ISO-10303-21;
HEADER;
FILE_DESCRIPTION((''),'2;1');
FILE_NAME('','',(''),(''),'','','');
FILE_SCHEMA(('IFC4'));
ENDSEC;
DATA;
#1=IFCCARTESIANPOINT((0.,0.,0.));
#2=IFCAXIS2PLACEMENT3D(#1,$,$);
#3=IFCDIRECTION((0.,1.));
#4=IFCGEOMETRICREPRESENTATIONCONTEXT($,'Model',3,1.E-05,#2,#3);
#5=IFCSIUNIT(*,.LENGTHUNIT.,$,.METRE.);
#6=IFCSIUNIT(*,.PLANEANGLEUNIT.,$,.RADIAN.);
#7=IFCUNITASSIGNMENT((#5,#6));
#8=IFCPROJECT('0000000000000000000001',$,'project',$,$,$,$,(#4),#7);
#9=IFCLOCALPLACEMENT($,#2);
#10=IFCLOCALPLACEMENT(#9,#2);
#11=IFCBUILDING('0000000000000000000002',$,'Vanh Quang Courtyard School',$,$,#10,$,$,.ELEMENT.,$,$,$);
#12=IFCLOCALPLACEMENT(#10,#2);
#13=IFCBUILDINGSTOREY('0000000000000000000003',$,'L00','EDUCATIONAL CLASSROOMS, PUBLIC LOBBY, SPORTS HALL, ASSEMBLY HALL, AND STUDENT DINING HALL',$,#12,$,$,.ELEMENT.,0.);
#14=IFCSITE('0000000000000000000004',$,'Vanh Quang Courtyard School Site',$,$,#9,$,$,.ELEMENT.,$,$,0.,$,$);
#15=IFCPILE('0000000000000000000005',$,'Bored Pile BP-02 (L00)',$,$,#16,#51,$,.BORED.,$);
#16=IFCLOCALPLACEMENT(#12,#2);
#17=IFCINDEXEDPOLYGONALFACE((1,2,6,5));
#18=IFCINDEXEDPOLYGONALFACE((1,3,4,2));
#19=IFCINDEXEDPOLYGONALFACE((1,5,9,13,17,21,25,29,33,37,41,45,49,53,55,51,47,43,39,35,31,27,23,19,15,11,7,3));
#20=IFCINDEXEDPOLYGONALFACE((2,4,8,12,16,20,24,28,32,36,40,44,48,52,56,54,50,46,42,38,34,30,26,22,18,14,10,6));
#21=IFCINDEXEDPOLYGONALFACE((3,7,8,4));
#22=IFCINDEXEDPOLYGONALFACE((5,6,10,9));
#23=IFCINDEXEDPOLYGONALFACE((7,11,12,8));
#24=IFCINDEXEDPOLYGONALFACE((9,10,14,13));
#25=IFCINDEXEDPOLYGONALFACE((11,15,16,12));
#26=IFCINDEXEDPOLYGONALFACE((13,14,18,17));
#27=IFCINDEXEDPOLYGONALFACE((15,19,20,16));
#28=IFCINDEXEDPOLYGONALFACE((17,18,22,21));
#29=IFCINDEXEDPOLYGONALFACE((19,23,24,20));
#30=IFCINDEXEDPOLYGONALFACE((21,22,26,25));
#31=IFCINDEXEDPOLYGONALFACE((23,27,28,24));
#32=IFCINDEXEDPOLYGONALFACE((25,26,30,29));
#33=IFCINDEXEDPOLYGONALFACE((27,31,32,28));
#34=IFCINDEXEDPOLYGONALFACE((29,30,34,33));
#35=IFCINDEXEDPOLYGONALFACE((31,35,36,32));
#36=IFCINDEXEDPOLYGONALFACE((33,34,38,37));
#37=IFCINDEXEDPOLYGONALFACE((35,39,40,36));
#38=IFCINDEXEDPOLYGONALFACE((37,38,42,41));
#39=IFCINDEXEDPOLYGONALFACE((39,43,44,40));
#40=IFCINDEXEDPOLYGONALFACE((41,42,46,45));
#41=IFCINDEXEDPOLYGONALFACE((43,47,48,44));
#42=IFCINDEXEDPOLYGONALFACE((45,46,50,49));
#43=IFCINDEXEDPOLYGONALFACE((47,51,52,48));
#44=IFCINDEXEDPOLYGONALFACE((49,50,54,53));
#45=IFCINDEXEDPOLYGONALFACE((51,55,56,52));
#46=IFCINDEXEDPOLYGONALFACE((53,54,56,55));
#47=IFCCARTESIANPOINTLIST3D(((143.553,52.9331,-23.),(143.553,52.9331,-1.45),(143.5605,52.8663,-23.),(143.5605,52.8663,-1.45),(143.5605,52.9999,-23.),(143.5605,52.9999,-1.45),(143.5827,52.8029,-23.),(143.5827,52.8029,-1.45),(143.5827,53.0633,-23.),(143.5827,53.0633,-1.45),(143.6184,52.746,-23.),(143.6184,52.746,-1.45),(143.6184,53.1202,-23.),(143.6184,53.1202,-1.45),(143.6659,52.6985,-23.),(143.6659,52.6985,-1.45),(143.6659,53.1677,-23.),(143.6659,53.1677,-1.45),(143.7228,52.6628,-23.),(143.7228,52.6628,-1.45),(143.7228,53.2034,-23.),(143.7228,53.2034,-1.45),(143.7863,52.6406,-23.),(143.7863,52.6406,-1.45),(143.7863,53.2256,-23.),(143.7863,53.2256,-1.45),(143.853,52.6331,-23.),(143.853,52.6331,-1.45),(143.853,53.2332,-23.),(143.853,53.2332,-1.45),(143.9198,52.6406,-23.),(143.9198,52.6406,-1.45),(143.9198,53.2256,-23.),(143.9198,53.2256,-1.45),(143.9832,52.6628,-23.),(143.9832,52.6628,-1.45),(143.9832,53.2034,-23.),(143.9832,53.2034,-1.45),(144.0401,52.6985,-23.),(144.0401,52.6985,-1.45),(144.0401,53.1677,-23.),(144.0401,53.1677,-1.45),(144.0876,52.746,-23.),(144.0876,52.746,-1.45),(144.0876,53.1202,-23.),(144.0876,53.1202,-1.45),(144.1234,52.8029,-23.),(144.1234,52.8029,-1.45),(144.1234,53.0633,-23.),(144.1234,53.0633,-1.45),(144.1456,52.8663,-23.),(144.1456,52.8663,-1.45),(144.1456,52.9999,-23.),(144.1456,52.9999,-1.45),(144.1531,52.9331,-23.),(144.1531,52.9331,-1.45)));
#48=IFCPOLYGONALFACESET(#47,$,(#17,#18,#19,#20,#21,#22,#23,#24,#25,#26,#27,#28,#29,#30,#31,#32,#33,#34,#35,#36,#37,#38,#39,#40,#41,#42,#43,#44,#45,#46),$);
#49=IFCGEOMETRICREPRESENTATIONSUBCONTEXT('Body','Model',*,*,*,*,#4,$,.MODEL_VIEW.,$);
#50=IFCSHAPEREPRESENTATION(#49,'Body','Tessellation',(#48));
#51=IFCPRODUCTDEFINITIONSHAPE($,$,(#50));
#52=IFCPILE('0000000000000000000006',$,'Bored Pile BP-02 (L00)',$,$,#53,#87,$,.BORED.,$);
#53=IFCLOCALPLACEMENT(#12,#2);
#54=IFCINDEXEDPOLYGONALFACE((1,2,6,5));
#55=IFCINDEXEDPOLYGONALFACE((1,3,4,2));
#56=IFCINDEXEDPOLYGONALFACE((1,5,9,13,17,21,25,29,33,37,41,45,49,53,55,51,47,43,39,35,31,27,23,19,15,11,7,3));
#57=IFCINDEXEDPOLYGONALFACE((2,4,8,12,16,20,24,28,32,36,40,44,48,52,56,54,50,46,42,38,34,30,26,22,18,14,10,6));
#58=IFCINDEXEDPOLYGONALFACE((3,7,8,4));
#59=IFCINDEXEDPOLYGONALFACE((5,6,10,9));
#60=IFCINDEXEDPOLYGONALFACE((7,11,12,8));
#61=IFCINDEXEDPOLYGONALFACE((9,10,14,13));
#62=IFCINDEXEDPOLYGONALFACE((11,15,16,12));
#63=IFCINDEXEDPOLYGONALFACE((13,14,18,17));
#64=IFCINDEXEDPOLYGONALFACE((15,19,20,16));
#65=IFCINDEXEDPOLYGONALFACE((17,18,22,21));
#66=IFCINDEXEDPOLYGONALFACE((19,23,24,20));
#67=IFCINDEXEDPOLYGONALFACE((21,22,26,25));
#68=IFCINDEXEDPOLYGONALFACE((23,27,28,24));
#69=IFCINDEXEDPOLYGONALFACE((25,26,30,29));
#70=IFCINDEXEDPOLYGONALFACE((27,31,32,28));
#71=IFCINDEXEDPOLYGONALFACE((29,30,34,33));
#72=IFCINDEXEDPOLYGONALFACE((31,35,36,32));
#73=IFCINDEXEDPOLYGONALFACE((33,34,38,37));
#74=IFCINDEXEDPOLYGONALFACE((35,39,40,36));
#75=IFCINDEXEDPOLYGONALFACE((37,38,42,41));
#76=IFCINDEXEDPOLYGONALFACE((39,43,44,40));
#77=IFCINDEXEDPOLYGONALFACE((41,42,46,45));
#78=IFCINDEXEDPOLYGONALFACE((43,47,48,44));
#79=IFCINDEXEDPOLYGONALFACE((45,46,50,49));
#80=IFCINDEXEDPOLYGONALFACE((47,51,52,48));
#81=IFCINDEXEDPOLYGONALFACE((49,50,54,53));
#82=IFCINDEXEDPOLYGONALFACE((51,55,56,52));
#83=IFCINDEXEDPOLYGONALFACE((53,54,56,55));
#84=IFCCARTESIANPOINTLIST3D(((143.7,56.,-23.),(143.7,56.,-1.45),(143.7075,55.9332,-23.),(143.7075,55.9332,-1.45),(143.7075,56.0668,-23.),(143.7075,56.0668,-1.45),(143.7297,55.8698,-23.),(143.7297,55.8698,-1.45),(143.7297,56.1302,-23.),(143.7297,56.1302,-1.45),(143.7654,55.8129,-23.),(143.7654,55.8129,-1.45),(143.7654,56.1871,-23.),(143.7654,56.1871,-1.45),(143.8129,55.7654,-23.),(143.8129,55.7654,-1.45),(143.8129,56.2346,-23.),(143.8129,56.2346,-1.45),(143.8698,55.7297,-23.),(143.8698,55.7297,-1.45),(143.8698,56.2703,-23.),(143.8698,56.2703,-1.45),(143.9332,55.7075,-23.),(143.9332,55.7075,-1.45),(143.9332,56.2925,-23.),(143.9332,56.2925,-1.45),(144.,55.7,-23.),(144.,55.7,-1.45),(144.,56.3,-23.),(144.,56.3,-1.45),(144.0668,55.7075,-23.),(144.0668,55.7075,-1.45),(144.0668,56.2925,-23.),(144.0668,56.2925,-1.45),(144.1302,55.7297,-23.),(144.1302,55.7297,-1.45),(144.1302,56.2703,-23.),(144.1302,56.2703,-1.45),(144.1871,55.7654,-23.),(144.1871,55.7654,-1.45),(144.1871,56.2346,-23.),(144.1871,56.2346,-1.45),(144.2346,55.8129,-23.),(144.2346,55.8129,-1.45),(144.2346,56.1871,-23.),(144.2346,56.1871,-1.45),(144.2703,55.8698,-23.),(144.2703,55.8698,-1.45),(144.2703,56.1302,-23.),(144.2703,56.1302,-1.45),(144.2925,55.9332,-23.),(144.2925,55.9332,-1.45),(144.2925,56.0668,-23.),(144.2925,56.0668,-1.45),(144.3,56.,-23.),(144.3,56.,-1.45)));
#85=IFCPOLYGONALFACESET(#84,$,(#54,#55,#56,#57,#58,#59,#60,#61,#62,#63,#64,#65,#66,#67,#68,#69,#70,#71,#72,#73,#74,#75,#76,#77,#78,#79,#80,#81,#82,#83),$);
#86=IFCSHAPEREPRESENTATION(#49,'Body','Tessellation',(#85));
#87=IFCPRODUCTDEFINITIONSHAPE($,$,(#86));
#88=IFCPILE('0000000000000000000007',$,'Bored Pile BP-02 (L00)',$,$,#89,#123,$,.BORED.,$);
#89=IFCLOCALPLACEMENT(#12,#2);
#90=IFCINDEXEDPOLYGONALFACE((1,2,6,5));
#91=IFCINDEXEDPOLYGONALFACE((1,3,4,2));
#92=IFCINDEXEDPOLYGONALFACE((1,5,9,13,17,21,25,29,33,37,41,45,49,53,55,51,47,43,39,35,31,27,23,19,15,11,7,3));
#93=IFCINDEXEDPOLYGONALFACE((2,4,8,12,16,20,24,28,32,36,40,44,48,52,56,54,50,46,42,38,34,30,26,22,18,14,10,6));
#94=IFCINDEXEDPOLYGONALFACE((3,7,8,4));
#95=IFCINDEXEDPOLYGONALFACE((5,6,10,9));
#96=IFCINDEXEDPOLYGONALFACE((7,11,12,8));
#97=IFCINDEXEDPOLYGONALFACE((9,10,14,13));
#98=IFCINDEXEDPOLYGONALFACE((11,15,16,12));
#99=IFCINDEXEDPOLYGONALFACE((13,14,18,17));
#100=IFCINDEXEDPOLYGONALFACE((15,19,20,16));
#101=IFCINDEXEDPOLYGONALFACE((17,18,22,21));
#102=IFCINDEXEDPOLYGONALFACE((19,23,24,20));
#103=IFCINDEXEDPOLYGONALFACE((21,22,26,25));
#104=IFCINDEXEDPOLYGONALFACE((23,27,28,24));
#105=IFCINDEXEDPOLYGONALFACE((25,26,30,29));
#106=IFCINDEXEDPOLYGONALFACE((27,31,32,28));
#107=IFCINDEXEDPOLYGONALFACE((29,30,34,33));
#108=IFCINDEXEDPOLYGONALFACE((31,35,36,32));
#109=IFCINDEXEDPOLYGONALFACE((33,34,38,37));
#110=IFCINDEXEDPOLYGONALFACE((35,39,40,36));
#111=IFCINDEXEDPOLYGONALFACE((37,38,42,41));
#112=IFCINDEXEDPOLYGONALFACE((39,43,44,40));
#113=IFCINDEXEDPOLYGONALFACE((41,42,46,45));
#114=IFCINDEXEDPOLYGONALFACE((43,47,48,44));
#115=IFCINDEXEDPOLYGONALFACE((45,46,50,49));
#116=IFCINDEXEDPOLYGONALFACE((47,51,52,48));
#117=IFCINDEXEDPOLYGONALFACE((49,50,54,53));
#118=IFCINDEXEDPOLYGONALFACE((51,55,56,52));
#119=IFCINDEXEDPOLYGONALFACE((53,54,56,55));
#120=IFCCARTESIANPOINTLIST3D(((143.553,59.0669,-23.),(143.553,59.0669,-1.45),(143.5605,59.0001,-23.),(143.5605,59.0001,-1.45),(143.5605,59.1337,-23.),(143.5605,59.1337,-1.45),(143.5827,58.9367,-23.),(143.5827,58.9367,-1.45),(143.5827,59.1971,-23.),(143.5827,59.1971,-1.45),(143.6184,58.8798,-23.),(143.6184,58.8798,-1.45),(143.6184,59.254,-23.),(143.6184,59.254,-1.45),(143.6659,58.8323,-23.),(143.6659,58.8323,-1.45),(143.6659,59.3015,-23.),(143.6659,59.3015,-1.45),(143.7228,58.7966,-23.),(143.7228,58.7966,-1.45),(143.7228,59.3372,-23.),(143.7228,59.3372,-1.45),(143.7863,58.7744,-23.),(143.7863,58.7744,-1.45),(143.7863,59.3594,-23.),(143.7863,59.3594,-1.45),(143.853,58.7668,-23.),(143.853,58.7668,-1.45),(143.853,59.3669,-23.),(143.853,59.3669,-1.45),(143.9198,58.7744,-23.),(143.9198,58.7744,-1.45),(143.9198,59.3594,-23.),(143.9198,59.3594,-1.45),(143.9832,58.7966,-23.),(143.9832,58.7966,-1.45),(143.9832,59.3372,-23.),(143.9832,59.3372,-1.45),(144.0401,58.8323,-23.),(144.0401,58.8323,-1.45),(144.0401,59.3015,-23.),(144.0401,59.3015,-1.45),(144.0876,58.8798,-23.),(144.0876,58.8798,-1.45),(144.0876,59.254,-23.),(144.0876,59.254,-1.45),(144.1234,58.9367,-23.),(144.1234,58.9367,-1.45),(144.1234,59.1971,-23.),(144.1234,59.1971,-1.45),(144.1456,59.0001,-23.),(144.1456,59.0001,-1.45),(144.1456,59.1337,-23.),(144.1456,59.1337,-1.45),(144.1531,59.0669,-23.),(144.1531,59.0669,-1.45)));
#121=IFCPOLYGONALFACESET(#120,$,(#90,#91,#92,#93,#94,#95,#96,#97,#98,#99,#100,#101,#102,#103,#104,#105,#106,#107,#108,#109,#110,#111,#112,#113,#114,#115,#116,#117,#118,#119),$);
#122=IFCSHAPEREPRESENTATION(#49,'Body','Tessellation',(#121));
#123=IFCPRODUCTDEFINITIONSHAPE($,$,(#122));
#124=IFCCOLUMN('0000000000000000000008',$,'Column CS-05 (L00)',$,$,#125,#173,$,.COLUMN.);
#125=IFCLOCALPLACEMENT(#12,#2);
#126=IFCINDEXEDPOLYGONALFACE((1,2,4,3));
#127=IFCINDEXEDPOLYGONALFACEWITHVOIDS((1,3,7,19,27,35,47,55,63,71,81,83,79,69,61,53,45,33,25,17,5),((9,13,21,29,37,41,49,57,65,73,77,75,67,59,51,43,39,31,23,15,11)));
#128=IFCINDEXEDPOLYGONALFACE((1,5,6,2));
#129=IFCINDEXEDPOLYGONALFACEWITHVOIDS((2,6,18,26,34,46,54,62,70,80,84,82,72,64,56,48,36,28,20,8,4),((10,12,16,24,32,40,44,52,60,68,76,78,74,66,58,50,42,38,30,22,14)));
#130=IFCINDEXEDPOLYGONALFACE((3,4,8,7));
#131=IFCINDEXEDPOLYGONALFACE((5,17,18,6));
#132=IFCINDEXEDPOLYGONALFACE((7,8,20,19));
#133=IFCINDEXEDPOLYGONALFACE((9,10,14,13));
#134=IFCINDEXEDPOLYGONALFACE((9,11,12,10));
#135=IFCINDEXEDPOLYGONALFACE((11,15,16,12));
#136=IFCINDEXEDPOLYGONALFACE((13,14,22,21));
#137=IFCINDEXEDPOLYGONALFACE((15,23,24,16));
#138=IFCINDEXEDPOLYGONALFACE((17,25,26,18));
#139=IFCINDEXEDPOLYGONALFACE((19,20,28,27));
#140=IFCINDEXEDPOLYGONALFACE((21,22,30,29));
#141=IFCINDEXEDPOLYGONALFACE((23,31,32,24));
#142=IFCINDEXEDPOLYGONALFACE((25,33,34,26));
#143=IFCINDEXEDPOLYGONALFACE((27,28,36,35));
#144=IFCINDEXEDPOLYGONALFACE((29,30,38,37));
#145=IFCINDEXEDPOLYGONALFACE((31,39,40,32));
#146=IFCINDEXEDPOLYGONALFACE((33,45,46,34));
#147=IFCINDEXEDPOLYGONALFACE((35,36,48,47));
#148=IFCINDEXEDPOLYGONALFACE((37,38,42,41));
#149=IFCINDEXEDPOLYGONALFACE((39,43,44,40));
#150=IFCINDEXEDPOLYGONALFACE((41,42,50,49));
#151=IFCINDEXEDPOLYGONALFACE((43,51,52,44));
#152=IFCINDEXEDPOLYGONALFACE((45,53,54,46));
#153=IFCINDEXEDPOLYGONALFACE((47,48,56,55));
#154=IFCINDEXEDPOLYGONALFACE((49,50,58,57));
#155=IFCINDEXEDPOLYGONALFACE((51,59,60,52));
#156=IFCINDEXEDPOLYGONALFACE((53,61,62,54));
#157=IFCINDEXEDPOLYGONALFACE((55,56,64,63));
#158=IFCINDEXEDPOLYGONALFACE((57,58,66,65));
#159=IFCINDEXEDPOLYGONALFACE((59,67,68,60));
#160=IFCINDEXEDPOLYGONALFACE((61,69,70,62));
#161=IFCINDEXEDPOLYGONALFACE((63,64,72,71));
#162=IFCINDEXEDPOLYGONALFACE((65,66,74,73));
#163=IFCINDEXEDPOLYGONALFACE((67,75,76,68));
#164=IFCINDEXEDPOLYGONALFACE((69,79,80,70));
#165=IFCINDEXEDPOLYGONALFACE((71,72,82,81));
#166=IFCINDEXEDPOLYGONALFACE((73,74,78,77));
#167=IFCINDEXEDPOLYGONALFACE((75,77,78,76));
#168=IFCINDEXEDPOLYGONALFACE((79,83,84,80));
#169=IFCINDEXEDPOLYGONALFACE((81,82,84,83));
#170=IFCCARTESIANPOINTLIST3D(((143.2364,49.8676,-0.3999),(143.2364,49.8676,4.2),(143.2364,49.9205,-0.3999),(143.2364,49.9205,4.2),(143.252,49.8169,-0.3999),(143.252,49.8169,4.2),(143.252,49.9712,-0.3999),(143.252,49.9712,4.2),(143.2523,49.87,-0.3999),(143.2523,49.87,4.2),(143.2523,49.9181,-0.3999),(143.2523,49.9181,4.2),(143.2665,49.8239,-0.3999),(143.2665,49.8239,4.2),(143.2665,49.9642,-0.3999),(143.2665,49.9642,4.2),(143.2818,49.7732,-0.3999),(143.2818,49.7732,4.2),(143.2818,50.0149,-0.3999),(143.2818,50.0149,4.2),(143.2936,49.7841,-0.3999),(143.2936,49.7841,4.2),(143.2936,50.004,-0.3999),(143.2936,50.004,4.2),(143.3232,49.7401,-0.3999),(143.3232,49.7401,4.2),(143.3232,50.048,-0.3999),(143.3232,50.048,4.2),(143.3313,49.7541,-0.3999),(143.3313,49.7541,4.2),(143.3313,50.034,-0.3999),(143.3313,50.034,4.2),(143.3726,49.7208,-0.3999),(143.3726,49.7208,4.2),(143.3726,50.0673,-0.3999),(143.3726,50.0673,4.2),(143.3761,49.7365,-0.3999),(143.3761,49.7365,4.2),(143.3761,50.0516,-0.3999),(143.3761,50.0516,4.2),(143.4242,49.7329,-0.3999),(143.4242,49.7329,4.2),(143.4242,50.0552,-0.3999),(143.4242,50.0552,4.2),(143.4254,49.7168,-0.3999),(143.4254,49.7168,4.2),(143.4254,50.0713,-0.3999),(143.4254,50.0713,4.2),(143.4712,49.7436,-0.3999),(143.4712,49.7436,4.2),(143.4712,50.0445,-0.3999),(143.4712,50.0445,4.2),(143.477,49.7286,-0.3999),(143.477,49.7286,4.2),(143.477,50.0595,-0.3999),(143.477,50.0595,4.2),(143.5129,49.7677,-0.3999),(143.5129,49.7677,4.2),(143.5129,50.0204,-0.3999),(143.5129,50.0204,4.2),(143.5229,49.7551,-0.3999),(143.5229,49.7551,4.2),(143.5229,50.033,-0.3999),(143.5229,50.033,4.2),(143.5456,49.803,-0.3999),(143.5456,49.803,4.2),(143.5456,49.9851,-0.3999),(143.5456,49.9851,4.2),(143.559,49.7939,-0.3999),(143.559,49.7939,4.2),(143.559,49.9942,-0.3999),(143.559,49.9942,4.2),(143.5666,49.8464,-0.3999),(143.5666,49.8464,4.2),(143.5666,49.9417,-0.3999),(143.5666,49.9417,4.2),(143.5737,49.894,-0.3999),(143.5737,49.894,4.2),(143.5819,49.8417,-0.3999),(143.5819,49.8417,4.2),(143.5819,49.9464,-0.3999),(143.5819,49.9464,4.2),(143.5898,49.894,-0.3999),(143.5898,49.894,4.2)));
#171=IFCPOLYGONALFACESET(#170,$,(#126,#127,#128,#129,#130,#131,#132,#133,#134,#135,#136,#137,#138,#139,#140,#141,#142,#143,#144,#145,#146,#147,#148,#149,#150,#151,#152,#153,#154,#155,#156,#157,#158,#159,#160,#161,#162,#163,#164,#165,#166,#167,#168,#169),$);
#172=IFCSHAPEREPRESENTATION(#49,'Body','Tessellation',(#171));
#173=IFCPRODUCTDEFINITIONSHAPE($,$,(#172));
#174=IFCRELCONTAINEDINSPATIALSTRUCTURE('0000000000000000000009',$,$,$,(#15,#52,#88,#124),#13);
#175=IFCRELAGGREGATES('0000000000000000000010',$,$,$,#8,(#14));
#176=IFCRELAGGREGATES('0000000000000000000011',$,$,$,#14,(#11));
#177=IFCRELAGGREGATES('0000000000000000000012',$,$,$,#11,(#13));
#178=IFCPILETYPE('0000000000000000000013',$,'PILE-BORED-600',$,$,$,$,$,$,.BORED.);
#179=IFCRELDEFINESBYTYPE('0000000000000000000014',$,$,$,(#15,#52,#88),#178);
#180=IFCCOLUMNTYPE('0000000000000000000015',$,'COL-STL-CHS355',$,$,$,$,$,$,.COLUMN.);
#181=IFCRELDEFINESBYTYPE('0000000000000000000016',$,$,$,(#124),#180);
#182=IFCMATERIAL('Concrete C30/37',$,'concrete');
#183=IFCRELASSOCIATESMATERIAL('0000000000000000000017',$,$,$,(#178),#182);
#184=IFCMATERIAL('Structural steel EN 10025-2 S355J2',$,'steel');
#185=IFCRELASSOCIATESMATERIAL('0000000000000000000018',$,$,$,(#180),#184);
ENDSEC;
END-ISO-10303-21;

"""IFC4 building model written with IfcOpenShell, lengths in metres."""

from ifc_helpers import new_model, si_unit, direction, frame, origin, origin_2d, place, context, subcontext, project, spatial, circle, hollow_circle, extrude, material, material_profile, profile_set, type_object, element, save


model = new_model("IFC4")

# Units and contexts
model_context = context("Model", 3, precision=1e-05, world=origin(), true_north=direction((0.0, 1.0)))
body_context = subcontext(model_context, "Body", "Model", "MODEL_VIEW")
ifc_project = project(units=[si_unit("LENGTHUNIT", "METRE"), si_unit("PLANEANGLEUNIT", "RADIAN")], contexts=[model_context])

# Site, building, storey
site_placement = place(None, origin())
site = spatial("IfcSite", under=ifc_project, at=site_placement, Name="Vanh Quang Courtyard School Site", CompositionType="ELEMENT", RefElevation=0.0)
building_placement = place(site_placement, origin())
building = spatial("IfcBuilding", under=site, at=building_placement, Name="Vanh Quang Courtyard School", CompositionType="ELEMENT")
storey_placement = place(building_placement, origin())
storey = spatial("IfcBuildingStorey", under=building, at=storey_placement, Name="L00", Description="EDUCATIONAL CLASSROOMS, PUBLIC LOBBY, SPORTS HALL, ASSEMBLY HALL, AND STUDENT DINING HALL", CompositionType="ELEMENT", Elevation=0.0)

# Piles
ifc_material_1 = material(Name="Concrete C30/37", Category="concrete")
ifc_material_profile_1 = material_profile(ifc_material_1, circle(Radius=0.3, at=origin_2d()), Name="PILE D600")
ifc_profile_set_1 = profile_set([ifc_material_profile_1], Name="Concrete C30/37")
pile_type_1 = type_object("IfcPileType", Name="PILE-BORED-600", PredefinedType="BORED", material=ifc_profile_set_1)
for number, where, z_axis, x_axis, name in (
    (1, (143.853, 52.9331, -1.45), (0.0, 0.0, -1.0), (1.0, 0.0, 0.0), "Bored Pile BP-02 (L00)"),
    (2, (144.0, 56.0, -1.45), (0.0, 0.0, -1.0), (1.0, 0.0, 0.0), "Bored Pile BP-02 (L00)"),
    (3, (143.853, 59.0669, -1.45), (0.0, 0.0, -1.0), (1.0, 0.0, 0.0), "Bored Pile BP-02 (L00)"),
):
    element("IfcPile", number, at=place(storey_placement, frame(where, z_axis=z_axis, x_axis=x_axis)), inside=storey, type_object=pile_type_1, Name=name, PredefinedType="BORED", context=body_context, shape_type="SweptSolid", body=[
        extrude(circle(Radius=0.3, at=origin_2d()), origin(), (0.0, 0.0, 1.0), 21.55),
    ])

# Column
ifc_material_2 = material(Name="Structural steel EN 10025-2 S355J2", Category="steel")
ifc_material_profile_2 = material_profile(ifc_material_2, hollow_circle(Radius=0.1777, WallThickness=0.0161, at=origin_2d()), Name="CHS 355.6x16")
ifc_profile_set_2 = profile_set([ifc_material_profile_2], Name="Structural steel EN 10025-2 S355J2")
column_type_1 = type_object("IfcColumnType", Name="COL-STL-CHS355", PredefinedType="COLUMN", material=ifc_profile_set_2)
for number, where, z_axis, x_axis, name in (
    (4, (143.4121, 49.894, -0.3999), (0.0, 0.0, 1.0), (1.0, 0.0, 0.0), "Column CS-05 (L00)"),
):
    element("IfcColumn", number, at=place(storey_placement, frame(where, z_axis=z_axis, x_axis=x_axis)), inside=storey, type_object=column_type_1, Name=name, PredefinedType="COLUMN", context=body_context, shape_type="SweptSolid", body=[
        extrude(hollow_circle(Radius=0.1777, WallThickness=0.0161, at=origin_2d()), origin(), (0.0, 0.0, 1.0), 4.5999),
    ])

save(model, "model.ifc")
